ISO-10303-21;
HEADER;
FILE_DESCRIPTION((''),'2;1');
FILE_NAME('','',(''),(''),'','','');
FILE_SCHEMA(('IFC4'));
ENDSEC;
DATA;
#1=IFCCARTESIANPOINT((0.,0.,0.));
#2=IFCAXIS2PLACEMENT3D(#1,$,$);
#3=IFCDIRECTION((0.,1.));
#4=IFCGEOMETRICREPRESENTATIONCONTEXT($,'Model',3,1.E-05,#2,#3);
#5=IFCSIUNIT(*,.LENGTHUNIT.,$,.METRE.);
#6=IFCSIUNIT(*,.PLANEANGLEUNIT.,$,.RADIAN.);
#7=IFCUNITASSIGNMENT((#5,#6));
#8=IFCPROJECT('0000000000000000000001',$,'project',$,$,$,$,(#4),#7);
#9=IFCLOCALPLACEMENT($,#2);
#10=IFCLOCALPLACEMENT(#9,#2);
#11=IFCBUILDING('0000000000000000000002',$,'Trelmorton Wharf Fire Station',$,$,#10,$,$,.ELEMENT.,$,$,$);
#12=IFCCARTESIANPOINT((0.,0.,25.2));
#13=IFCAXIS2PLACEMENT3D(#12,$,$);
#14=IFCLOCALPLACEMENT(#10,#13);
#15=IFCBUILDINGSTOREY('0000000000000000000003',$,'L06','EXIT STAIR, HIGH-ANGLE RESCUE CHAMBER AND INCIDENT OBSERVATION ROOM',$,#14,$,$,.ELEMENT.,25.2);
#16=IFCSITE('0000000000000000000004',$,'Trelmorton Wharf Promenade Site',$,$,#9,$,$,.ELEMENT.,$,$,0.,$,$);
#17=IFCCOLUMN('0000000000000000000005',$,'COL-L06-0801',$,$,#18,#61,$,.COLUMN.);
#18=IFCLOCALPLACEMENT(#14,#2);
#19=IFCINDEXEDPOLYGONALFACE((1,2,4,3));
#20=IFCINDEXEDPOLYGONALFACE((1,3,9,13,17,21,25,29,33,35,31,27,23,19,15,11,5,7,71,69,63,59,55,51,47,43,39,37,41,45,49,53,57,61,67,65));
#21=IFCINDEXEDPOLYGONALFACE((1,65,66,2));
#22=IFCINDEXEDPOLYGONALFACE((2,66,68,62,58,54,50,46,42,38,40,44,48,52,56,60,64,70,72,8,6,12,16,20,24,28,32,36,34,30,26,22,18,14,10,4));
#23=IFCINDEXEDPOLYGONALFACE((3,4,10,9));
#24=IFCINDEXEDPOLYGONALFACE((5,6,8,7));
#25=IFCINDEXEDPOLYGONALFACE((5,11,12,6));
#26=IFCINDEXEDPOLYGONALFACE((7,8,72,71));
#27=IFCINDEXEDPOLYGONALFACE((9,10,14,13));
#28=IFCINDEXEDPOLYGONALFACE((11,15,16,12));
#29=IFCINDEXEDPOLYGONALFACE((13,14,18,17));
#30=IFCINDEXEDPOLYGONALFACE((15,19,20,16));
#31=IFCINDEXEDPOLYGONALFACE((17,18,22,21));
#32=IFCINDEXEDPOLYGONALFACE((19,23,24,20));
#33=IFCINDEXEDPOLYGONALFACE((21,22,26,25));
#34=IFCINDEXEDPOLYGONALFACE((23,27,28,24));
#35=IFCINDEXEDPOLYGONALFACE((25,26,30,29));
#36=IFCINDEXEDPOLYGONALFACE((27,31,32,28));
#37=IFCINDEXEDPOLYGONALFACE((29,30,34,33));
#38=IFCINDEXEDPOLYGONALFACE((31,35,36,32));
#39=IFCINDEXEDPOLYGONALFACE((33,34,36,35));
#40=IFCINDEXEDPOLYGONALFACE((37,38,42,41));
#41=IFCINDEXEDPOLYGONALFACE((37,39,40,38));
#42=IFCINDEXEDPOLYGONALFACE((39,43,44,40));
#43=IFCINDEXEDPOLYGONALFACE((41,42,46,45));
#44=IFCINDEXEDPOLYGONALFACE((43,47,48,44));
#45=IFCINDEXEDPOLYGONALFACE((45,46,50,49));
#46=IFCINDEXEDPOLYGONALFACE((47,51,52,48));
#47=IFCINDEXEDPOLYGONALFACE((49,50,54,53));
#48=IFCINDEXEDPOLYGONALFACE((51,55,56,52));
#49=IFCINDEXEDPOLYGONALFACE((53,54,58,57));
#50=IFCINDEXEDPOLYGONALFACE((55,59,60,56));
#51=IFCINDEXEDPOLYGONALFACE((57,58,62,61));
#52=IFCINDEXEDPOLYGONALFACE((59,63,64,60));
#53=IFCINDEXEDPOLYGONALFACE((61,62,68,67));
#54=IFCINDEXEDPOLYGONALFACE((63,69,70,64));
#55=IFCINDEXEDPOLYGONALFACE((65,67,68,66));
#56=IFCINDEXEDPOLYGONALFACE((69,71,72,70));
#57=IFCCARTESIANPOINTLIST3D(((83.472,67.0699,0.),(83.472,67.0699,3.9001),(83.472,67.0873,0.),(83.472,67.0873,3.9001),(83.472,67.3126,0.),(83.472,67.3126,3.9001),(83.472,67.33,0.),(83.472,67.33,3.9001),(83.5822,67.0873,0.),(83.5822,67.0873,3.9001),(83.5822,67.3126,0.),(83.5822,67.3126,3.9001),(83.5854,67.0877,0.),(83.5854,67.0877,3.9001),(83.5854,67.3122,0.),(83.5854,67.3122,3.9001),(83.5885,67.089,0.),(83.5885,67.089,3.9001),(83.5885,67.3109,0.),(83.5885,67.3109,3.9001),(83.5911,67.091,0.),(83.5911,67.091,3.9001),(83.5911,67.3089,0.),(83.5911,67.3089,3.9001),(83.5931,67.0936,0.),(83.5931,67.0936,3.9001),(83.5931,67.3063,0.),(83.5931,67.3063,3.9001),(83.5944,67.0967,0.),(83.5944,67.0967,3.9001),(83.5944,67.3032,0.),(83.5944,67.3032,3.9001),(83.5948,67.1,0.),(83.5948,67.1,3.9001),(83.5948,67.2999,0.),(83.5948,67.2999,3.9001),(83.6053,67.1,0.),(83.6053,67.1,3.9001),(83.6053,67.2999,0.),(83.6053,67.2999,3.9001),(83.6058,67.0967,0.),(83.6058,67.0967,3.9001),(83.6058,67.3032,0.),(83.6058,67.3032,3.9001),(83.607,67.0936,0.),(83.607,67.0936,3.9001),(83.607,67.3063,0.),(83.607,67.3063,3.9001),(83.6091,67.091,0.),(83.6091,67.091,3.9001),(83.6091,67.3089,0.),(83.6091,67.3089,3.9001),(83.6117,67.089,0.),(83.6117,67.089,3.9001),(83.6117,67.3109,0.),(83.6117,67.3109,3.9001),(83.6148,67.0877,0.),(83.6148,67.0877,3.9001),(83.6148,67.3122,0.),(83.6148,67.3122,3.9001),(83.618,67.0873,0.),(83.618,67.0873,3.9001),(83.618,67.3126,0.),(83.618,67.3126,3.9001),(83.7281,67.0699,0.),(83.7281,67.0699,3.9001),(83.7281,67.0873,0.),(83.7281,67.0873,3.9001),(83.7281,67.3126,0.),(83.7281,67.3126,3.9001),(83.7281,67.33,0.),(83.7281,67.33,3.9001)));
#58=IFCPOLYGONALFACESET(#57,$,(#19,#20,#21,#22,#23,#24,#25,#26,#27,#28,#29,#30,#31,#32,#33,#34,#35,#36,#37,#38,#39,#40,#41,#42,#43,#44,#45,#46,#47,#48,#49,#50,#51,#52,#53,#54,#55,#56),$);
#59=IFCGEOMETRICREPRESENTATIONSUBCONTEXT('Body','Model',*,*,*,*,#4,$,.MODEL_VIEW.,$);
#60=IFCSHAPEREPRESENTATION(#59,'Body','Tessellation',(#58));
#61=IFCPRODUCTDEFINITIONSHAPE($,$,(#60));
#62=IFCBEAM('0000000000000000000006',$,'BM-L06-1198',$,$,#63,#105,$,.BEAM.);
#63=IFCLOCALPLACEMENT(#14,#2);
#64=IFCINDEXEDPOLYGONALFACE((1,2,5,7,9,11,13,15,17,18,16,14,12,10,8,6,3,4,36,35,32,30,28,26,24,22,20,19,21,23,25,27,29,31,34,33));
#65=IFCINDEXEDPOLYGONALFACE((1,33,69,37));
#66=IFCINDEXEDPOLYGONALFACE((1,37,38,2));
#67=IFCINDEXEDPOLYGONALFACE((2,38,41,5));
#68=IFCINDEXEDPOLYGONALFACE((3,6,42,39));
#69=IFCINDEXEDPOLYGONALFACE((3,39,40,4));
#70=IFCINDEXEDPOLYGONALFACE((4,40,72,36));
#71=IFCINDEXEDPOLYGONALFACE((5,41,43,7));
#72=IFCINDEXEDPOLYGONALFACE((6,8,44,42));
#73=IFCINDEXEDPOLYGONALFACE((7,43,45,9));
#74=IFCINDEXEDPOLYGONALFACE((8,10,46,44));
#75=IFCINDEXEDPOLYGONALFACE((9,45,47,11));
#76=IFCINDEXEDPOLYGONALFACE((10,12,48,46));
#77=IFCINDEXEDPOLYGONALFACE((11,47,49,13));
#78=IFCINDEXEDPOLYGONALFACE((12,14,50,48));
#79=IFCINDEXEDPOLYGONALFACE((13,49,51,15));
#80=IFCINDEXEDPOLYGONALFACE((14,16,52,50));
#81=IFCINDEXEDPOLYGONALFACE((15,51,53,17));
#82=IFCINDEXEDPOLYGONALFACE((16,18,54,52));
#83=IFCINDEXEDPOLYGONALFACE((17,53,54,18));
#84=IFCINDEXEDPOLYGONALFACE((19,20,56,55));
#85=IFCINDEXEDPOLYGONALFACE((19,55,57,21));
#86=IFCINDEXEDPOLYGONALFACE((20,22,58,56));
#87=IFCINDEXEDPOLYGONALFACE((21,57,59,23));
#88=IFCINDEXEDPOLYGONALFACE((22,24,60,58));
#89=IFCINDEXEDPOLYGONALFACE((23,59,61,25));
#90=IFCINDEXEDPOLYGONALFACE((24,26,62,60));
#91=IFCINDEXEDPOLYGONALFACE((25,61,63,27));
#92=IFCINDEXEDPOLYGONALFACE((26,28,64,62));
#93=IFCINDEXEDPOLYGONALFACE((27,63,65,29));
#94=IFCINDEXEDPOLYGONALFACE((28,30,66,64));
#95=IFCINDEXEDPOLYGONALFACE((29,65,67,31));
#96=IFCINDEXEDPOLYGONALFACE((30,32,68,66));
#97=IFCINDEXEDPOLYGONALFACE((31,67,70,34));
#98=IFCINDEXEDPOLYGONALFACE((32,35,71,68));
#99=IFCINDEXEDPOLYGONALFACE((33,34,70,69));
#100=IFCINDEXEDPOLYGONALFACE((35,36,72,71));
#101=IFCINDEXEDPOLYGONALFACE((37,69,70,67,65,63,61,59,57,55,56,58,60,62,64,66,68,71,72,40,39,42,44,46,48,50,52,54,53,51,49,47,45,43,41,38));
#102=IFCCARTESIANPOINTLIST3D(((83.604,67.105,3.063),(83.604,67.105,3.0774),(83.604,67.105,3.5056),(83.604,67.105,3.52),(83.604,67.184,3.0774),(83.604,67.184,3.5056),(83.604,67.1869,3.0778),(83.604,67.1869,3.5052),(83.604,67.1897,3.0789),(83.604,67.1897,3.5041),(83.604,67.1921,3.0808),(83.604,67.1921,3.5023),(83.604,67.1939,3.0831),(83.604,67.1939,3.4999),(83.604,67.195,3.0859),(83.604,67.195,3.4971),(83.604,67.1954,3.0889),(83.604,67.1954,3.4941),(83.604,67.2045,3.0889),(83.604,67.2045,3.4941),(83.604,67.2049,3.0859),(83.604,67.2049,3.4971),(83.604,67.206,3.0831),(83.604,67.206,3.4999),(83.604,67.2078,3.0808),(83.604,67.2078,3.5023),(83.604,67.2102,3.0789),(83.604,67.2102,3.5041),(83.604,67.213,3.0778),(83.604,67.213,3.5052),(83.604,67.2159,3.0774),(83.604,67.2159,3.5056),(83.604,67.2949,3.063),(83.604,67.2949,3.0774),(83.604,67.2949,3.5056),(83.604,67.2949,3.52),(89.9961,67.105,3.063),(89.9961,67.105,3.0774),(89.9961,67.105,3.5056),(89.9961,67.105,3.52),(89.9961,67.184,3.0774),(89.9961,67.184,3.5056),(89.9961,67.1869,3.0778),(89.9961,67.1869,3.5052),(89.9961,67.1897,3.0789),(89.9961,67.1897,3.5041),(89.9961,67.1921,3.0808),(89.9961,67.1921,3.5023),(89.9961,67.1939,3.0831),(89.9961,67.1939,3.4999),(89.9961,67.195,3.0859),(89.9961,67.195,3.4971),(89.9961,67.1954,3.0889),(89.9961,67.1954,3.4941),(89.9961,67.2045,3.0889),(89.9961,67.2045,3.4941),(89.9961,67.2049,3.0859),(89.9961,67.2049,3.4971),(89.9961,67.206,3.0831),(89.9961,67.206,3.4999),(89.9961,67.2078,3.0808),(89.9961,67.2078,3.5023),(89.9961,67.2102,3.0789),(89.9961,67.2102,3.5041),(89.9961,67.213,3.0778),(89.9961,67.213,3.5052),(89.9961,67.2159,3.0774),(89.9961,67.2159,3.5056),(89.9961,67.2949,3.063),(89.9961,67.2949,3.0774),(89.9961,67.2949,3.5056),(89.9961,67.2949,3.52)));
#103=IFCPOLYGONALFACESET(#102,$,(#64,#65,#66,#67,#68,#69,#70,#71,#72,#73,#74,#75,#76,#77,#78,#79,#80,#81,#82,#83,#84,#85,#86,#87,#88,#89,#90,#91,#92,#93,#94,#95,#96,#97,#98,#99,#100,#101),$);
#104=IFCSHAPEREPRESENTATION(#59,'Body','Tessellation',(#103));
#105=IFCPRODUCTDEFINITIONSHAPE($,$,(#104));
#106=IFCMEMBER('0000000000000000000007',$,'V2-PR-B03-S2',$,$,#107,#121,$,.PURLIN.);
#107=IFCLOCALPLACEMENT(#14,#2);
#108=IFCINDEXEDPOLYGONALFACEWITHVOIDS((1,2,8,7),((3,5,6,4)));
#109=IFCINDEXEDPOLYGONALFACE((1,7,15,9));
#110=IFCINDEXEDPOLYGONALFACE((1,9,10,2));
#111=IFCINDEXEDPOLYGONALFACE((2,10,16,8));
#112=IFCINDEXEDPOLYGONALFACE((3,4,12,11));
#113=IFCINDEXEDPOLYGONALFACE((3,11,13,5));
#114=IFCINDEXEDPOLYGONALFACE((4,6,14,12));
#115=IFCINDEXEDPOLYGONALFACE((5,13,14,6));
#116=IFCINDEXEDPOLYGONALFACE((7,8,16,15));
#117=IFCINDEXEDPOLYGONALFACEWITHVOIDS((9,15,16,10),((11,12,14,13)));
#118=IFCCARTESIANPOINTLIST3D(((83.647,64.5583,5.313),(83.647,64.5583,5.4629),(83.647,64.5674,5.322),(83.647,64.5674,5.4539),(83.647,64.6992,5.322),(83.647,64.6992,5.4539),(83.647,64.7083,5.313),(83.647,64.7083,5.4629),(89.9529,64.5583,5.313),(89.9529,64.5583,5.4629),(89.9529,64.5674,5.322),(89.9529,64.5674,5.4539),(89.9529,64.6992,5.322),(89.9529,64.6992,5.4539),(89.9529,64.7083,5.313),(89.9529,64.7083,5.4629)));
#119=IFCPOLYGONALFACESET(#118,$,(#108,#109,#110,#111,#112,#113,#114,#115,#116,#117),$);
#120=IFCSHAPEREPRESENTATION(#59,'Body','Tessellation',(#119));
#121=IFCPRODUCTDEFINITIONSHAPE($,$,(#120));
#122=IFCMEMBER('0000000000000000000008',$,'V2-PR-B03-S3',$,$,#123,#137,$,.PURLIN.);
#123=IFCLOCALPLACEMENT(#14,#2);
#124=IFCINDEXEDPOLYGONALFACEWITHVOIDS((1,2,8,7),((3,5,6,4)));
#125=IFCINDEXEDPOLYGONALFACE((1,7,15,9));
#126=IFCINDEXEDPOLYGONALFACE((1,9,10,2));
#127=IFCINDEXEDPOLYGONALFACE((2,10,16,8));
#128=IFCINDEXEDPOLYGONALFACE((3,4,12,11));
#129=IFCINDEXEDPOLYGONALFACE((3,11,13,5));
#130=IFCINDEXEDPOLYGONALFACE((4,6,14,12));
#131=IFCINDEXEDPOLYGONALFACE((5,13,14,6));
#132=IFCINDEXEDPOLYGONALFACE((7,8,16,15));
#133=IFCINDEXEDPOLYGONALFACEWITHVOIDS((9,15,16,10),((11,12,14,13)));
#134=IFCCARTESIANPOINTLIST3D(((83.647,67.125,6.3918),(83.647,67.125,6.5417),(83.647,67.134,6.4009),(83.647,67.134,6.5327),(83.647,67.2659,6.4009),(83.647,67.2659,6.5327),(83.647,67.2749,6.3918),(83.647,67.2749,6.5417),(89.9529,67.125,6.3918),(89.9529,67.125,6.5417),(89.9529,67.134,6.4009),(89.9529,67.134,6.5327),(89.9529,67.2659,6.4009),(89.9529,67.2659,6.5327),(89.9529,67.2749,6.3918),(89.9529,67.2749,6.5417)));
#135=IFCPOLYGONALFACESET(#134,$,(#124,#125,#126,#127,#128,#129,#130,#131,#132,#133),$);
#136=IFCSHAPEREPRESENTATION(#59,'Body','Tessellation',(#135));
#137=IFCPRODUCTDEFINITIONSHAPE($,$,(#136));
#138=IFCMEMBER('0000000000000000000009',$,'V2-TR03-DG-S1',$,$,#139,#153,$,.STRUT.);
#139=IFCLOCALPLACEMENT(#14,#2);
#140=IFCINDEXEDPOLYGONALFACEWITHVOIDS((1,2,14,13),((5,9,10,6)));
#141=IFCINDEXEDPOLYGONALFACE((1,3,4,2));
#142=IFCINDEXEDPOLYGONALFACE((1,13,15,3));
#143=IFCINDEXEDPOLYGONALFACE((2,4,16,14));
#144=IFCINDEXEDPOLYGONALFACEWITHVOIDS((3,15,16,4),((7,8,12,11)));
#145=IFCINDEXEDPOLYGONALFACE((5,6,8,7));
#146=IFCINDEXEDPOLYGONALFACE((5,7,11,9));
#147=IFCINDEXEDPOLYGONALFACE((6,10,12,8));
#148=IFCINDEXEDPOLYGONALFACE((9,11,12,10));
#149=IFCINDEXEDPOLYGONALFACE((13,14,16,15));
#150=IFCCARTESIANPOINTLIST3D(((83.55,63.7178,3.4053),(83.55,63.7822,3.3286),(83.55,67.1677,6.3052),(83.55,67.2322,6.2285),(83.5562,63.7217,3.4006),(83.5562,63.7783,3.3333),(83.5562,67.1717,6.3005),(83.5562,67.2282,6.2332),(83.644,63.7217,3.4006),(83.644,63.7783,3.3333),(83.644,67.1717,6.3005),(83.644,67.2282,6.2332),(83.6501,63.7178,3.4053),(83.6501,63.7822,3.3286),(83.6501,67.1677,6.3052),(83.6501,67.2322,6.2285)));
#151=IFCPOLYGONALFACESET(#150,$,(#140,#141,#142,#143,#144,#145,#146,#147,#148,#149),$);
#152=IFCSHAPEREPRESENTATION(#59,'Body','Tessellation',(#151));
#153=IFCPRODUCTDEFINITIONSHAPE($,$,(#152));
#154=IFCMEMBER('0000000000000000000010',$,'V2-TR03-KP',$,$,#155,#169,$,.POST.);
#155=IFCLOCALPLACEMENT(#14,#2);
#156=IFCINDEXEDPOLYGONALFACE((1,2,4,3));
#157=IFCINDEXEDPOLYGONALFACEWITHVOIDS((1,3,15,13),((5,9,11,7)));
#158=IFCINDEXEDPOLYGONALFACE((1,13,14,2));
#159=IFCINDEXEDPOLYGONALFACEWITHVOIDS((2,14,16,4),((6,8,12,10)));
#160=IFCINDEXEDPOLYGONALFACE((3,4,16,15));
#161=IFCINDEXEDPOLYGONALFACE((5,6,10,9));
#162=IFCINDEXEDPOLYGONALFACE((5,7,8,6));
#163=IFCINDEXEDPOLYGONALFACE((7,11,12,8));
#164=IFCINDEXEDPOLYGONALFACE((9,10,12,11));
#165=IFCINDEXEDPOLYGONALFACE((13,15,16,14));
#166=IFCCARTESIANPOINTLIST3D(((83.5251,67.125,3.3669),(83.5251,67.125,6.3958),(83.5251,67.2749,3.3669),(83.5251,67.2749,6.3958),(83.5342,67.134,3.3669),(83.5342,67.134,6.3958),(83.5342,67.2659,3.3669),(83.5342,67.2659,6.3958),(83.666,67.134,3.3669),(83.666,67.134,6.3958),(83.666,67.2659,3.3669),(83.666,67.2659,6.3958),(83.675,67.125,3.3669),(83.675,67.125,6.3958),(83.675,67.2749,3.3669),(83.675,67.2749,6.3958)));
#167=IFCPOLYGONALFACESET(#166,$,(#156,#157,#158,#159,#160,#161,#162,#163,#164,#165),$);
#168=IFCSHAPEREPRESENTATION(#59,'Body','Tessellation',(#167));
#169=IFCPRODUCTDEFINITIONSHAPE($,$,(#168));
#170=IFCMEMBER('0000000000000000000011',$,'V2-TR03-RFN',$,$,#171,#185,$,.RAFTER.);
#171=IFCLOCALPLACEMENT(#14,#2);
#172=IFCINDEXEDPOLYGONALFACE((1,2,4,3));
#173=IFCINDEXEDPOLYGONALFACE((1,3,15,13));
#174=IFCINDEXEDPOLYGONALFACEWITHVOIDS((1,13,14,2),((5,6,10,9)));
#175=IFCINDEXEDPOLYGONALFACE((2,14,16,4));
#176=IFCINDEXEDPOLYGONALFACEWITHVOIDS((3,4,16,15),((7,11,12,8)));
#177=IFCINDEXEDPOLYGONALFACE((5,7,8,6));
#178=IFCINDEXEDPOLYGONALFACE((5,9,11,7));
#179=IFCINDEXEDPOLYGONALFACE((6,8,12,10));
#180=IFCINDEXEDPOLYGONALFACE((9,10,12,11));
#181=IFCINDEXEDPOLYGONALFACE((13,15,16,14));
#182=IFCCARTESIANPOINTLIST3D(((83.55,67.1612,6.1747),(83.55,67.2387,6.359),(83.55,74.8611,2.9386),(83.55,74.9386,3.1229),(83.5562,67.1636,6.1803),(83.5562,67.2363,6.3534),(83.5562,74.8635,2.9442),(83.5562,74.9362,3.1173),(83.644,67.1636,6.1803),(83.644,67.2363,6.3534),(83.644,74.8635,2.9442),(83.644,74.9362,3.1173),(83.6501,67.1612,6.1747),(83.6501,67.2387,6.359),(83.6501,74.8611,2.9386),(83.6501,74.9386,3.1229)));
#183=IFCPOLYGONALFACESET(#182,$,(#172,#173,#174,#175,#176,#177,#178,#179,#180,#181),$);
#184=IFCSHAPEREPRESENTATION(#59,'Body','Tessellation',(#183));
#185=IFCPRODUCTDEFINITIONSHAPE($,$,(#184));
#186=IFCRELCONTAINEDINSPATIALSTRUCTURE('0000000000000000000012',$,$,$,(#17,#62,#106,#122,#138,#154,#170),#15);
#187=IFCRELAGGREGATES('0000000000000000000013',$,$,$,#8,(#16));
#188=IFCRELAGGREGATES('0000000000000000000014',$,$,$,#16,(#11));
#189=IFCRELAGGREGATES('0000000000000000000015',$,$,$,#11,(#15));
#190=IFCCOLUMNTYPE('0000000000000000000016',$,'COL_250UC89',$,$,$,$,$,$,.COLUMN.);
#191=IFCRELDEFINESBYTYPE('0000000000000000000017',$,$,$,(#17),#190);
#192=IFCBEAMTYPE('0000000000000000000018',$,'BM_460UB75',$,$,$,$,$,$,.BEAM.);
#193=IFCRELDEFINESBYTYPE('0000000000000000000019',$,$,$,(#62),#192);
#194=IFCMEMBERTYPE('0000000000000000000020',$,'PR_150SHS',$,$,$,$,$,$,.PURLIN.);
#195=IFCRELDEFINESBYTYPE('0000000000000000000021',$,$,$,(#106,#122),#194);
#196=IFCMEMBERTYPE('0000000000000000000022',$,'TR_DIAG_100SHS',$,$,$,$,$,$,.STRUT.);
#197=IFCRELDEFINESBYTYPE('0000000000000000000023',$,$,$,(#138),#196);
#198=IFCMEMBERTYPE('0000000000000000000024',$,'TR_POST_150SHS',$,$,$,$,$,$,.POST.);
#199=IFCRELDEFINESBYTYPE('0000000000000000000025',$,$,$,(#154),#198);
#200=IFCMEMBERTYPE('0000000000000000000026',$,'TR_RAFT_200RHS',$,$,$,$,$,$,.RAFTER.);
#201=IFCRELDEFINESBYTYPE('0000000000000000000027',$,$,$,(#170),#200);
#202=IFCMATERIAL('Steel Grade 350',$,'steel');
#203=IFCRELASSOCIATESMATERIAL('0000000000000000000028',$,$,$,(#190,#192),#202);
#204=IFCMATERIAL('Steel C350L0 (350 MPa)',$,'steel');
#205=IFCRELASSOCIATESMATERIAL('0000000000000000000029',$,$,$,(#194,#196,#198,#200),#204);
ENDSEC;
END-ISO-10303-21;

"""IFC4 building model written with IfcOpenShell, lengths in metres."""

from ifc_helpers import new_model, si_unit, direction, frame, origin, origin_2d, place, context, subcontext, project, spatial, hollow_rectangle, i_section, extrude, material, material_profile, profile_set, type_object, element, save


model = new_model("IFC4")

# Units and contexts
model_context = context("Model", 3, precision=1e-05, world=origin(), true_north=direction((0.0, 1.0)))
body_context = subcontext(model_context, "Body", "Model", "MODEL_VIEW")
ifc_project = project(units=[si_unit("LENGTHUNIT", "METRE"), si_unit("PLANEANGLEUNIT", "RADIAN")], contexts=[model_context])

# Site, building, storey
site_placement = place(None, origin())
site = spatial("IfcSite", under=ifc_project, at=site_placement, Name="Trelmorton Wharf Promenade Site", CompositionType="ELEMENT", RefElevation=0.0)
building_placement = place(site_placement, origin())
building = spatial("IfcBuilding", under=site, at=building_placement, Name="Trelmorton Wharf Fire Station", CompositionType="ELEMENT")
storey_placement = place(building_placement, frame((0.0, 0.0, 25.2)))
storey = spatial("IfcBuildingStorey", under=building, at=storey_placement, Name="L06", Description="EXIT STAIR, HIGH-ANGLE RESCUE CHAMBER AND INCIDENT OBSERVATION ROOM", CompositionType="ELEMENT", Elevation=25.2)

# Column
ifc_material_1 = material(Name="Steel Grade 350", Category="steel")
ifc_material_profile_1 = material_profile(ifc_material_1, i_section(OverallWidth=0.2561, OverallDepth=0.26, WebThickness=0.0105, FlangeThickness=0.0173, FilletRadius=0.0127, at=origin_2d()), Name="250UC89.5")
ifc_profile_set_1 = profile_set([ifc_material_profile_1], Name="Steel Grade 350")
column_type = type_object("IfcColumnType", Name="COL_250UC89", PredefinedType="COLUMN", material=ifc_profile_set_1)
column_placement = place(storey_placement, frame((83.6001, 67.2, 0.0), z_axis=(0.0, 0.0, 1.0), x_axis=(1.0, 0.0, 0.0)))
element("IfcColumn", 1, at=column_placement, inside=storey, type_object=column_type, Name="COL-L06-0801", PredefinedType="COLUMN", context=body_context, shape_type="SweptSolid", body=[
    extrude(i_section(OverallWidth=0.2561, OverallDepth=0.26, WebThickness=0.0105, FlangeThickness=0.0173, FilletRadius=0.0127, at=origin_2d()), origin(), (0.0, 0.0, 1.0), 3.9001),
])

# Beam
ifc_material_profile_2 = material_profile(ifc_material_1, i_section(OverallWidth=0.1899, OverallDepth=0.457, WebThickness=0.009, FlangeThickness=0.0144, FilletRadius=0.0115, at=origin_2d()), Name="460UB74.6")
ifc_profile_set_2 = profile_set([ifc_material_profile_2], Name="Steel Grade 350")
beam_type = type_object("IfcBeamType", Name="BM_460UB75", PredefinedType="BEAM", material=ifc_profile_set_2)
beam_placement = place(storey_placement, frame((83.604, 67.2, 3.2915), z_axis=(1.0, 0.0, 0.0), x_axis=(0.0, 1.0, 0.0)))
element("IfcBeam", 2, at=beam_placement, inside=storey, type_object=beam_type, Name="BM-L06-1198", PredefinedType="BEAM", context=body_context, shape_type="SweptSolid", body=[
    extrude(i_section(OverallWidth=0.1899, OverallDepth=0.457, WebThickness=0.009, FlangeThickness=0.0144, FilletRadius=0.0115, at=origin_2d()), origin(), (0.0, 0.0, 1.0), 6.3921),
])

# Members
ifc_material_2 = material(Name="Steel C350L0 (350 MPa)", Category="steel")
ifc_material_profile_3 = material_profile(ifc_material_2, hollow_rectangle(XDim=0.1499, YDim=0.1499, WallThickness=0.009, at=origin_2d()), Name="150x150x9.0SHS")
ifc_profile_set_3 = profile_set([ifc_material_profile_3], Name="Steel C350L0 (350 MPa)")
member_type_1 = type_object("IfcMemberType", Name="PR_150SHS", PredefinedType="PURLIN", material=ifc_profile_set_3)
for number, where, z_axis, x_axis, name in (
    (3, (83.647, 64.6333, 5.3879), (1.0, 0.0, 0.0), (0.0, 1.0, 0.0), "V2-PR-B03-S2"),
    (4, (83.647, 67.2, 6.4668), (1.0, 0.0, 0.0), (0.0, 1.0, 0.0), "V2-PR-B03-S3"),
):
    element("IfcMember", number, at=place(storey_placement, frame(where, z_axis=z_axis, x_axis=x_axis)), inside=storey, type_object=member_type_1, Name=name, PredefinedType="PURLIN", context=body_context, shape_type="SweptSolid", body=[
        extrude(hollow_rectangle(XDim=0.1499, YDim=0.1499, WallThickness=0.009, at=origin_2d()), origin(), (0.0, 0.0, 1.0), 6.3059),
    ])
ifc_material_profile_4 = material_profile(ifc_material_2, hollow_rectangle(XDim=0.1001, YDim=0.1001, WallThickness=0.0061, at=origin_2d()), Name="100x100x6.0SHS")
ifc_profile_set_4 = profile_set([ifc_material_profile_4], Name="Steel C350L0 (350 MPa)")
member_type_2 = type_object("IfcMemberType", Name="TR_DIAG_100SHS", PredefinedType="STRUT", material=ifc_profile_set_4)
member_1_placement = place(storey_placement, frame((83.6001, 63.75, 3.3669), z_axis=(0.0, 0.765492, 0.643445), x_axis=(-1.0, 0.0, 0.0)))
element("IfcMember", 5, at=member_1_placement, inside=storey, type_object=member_type_2, Name="V2-TR03-DG-S1", PredefinedType="STRUT", context=body_context, shape_type="SweptSolid", body=[
    extrude(hollow_rectangle(XDim=0.1001, YDim=0.1001, WallThickness=0.0061, at=origin_2d()), origin(), (0.0, 0.0, 1.0), 4.5068),
])
ifc_material_profile_5 = material_profile(ifc_material_2, hollow_rectangle(XDim=0.1499, YDim=0.1499, WallThickness=0.009, at=origin_2d()), Name="150x150x9.0SHS")
ifc_profile_set_5 = profile_set([ifc_material_profile_5], Name="Steel C350L0 (350 MPa)")
member_type_3 = type_object("IfcMemberType", Name="TR_POST_150SHS", PredefinedType="POST", material=ifc_profile_set_5)
member_2_placement = place(storey_placement, frame((83.6001, 67.2, 3.3669), z_axis=(0.0, 0.0, 1.0), x_axis=(1.0, 0.0, 0.0)))
element("IfcMember", 6, at=member_2_placement, inside=storey, type_object=member_type_3, Name="V2-TR03-KP", PredefinedType="POST", context=body_context, shape_type="SweptSolid", body=[
    extrude(hollow_rectangle(XDim=0.1499, YDim=0.1499, WallThickness=0.009, at=origin_2d()), origin(), (0.0, 0.0, 1.0), 3.0288),
])
ifc_material_profile_6 = material_profile(ifc_material_2, hollow_rectangle(XDim=0.1001, YDim=0.2, WallThickness=0.0061, at=origin_2d()), Name="200x100x6.0RHS")
ifc_profile_set_6 = profile_set([ifc_material_profile_6], Name="Steel C350L0 (350 MPa)")
member_type_4 = type_object("IfcMemberType", Name="TR_RAFT_200RHS", PredefinedType="RAFTER", material=ifc_profile_set_6)
member_3_placement = place(storey_placement, frame((83.6001, 67.2, 6.2668), z_axis=(0.0, 0.921892, -0.387447), x_axis=(-1.0, 0.0, 0.0)))
element("IfcMember", 7, at=member_3_placement, inside=storey, type_object=member_type_4, Name="V2-TR03-RFN", PredefinedType="RAFTER", context=body_context, shape_type="SweptSolid", body=[
    extrude(hollow_rectangle(XDim=0.1001, YDim=0.2, WallThickness=0.0061, at=origin_2d()), origin(), (0.0, 0.0, 1.0), 8.3523),
])

save(model, "model.ifc")
